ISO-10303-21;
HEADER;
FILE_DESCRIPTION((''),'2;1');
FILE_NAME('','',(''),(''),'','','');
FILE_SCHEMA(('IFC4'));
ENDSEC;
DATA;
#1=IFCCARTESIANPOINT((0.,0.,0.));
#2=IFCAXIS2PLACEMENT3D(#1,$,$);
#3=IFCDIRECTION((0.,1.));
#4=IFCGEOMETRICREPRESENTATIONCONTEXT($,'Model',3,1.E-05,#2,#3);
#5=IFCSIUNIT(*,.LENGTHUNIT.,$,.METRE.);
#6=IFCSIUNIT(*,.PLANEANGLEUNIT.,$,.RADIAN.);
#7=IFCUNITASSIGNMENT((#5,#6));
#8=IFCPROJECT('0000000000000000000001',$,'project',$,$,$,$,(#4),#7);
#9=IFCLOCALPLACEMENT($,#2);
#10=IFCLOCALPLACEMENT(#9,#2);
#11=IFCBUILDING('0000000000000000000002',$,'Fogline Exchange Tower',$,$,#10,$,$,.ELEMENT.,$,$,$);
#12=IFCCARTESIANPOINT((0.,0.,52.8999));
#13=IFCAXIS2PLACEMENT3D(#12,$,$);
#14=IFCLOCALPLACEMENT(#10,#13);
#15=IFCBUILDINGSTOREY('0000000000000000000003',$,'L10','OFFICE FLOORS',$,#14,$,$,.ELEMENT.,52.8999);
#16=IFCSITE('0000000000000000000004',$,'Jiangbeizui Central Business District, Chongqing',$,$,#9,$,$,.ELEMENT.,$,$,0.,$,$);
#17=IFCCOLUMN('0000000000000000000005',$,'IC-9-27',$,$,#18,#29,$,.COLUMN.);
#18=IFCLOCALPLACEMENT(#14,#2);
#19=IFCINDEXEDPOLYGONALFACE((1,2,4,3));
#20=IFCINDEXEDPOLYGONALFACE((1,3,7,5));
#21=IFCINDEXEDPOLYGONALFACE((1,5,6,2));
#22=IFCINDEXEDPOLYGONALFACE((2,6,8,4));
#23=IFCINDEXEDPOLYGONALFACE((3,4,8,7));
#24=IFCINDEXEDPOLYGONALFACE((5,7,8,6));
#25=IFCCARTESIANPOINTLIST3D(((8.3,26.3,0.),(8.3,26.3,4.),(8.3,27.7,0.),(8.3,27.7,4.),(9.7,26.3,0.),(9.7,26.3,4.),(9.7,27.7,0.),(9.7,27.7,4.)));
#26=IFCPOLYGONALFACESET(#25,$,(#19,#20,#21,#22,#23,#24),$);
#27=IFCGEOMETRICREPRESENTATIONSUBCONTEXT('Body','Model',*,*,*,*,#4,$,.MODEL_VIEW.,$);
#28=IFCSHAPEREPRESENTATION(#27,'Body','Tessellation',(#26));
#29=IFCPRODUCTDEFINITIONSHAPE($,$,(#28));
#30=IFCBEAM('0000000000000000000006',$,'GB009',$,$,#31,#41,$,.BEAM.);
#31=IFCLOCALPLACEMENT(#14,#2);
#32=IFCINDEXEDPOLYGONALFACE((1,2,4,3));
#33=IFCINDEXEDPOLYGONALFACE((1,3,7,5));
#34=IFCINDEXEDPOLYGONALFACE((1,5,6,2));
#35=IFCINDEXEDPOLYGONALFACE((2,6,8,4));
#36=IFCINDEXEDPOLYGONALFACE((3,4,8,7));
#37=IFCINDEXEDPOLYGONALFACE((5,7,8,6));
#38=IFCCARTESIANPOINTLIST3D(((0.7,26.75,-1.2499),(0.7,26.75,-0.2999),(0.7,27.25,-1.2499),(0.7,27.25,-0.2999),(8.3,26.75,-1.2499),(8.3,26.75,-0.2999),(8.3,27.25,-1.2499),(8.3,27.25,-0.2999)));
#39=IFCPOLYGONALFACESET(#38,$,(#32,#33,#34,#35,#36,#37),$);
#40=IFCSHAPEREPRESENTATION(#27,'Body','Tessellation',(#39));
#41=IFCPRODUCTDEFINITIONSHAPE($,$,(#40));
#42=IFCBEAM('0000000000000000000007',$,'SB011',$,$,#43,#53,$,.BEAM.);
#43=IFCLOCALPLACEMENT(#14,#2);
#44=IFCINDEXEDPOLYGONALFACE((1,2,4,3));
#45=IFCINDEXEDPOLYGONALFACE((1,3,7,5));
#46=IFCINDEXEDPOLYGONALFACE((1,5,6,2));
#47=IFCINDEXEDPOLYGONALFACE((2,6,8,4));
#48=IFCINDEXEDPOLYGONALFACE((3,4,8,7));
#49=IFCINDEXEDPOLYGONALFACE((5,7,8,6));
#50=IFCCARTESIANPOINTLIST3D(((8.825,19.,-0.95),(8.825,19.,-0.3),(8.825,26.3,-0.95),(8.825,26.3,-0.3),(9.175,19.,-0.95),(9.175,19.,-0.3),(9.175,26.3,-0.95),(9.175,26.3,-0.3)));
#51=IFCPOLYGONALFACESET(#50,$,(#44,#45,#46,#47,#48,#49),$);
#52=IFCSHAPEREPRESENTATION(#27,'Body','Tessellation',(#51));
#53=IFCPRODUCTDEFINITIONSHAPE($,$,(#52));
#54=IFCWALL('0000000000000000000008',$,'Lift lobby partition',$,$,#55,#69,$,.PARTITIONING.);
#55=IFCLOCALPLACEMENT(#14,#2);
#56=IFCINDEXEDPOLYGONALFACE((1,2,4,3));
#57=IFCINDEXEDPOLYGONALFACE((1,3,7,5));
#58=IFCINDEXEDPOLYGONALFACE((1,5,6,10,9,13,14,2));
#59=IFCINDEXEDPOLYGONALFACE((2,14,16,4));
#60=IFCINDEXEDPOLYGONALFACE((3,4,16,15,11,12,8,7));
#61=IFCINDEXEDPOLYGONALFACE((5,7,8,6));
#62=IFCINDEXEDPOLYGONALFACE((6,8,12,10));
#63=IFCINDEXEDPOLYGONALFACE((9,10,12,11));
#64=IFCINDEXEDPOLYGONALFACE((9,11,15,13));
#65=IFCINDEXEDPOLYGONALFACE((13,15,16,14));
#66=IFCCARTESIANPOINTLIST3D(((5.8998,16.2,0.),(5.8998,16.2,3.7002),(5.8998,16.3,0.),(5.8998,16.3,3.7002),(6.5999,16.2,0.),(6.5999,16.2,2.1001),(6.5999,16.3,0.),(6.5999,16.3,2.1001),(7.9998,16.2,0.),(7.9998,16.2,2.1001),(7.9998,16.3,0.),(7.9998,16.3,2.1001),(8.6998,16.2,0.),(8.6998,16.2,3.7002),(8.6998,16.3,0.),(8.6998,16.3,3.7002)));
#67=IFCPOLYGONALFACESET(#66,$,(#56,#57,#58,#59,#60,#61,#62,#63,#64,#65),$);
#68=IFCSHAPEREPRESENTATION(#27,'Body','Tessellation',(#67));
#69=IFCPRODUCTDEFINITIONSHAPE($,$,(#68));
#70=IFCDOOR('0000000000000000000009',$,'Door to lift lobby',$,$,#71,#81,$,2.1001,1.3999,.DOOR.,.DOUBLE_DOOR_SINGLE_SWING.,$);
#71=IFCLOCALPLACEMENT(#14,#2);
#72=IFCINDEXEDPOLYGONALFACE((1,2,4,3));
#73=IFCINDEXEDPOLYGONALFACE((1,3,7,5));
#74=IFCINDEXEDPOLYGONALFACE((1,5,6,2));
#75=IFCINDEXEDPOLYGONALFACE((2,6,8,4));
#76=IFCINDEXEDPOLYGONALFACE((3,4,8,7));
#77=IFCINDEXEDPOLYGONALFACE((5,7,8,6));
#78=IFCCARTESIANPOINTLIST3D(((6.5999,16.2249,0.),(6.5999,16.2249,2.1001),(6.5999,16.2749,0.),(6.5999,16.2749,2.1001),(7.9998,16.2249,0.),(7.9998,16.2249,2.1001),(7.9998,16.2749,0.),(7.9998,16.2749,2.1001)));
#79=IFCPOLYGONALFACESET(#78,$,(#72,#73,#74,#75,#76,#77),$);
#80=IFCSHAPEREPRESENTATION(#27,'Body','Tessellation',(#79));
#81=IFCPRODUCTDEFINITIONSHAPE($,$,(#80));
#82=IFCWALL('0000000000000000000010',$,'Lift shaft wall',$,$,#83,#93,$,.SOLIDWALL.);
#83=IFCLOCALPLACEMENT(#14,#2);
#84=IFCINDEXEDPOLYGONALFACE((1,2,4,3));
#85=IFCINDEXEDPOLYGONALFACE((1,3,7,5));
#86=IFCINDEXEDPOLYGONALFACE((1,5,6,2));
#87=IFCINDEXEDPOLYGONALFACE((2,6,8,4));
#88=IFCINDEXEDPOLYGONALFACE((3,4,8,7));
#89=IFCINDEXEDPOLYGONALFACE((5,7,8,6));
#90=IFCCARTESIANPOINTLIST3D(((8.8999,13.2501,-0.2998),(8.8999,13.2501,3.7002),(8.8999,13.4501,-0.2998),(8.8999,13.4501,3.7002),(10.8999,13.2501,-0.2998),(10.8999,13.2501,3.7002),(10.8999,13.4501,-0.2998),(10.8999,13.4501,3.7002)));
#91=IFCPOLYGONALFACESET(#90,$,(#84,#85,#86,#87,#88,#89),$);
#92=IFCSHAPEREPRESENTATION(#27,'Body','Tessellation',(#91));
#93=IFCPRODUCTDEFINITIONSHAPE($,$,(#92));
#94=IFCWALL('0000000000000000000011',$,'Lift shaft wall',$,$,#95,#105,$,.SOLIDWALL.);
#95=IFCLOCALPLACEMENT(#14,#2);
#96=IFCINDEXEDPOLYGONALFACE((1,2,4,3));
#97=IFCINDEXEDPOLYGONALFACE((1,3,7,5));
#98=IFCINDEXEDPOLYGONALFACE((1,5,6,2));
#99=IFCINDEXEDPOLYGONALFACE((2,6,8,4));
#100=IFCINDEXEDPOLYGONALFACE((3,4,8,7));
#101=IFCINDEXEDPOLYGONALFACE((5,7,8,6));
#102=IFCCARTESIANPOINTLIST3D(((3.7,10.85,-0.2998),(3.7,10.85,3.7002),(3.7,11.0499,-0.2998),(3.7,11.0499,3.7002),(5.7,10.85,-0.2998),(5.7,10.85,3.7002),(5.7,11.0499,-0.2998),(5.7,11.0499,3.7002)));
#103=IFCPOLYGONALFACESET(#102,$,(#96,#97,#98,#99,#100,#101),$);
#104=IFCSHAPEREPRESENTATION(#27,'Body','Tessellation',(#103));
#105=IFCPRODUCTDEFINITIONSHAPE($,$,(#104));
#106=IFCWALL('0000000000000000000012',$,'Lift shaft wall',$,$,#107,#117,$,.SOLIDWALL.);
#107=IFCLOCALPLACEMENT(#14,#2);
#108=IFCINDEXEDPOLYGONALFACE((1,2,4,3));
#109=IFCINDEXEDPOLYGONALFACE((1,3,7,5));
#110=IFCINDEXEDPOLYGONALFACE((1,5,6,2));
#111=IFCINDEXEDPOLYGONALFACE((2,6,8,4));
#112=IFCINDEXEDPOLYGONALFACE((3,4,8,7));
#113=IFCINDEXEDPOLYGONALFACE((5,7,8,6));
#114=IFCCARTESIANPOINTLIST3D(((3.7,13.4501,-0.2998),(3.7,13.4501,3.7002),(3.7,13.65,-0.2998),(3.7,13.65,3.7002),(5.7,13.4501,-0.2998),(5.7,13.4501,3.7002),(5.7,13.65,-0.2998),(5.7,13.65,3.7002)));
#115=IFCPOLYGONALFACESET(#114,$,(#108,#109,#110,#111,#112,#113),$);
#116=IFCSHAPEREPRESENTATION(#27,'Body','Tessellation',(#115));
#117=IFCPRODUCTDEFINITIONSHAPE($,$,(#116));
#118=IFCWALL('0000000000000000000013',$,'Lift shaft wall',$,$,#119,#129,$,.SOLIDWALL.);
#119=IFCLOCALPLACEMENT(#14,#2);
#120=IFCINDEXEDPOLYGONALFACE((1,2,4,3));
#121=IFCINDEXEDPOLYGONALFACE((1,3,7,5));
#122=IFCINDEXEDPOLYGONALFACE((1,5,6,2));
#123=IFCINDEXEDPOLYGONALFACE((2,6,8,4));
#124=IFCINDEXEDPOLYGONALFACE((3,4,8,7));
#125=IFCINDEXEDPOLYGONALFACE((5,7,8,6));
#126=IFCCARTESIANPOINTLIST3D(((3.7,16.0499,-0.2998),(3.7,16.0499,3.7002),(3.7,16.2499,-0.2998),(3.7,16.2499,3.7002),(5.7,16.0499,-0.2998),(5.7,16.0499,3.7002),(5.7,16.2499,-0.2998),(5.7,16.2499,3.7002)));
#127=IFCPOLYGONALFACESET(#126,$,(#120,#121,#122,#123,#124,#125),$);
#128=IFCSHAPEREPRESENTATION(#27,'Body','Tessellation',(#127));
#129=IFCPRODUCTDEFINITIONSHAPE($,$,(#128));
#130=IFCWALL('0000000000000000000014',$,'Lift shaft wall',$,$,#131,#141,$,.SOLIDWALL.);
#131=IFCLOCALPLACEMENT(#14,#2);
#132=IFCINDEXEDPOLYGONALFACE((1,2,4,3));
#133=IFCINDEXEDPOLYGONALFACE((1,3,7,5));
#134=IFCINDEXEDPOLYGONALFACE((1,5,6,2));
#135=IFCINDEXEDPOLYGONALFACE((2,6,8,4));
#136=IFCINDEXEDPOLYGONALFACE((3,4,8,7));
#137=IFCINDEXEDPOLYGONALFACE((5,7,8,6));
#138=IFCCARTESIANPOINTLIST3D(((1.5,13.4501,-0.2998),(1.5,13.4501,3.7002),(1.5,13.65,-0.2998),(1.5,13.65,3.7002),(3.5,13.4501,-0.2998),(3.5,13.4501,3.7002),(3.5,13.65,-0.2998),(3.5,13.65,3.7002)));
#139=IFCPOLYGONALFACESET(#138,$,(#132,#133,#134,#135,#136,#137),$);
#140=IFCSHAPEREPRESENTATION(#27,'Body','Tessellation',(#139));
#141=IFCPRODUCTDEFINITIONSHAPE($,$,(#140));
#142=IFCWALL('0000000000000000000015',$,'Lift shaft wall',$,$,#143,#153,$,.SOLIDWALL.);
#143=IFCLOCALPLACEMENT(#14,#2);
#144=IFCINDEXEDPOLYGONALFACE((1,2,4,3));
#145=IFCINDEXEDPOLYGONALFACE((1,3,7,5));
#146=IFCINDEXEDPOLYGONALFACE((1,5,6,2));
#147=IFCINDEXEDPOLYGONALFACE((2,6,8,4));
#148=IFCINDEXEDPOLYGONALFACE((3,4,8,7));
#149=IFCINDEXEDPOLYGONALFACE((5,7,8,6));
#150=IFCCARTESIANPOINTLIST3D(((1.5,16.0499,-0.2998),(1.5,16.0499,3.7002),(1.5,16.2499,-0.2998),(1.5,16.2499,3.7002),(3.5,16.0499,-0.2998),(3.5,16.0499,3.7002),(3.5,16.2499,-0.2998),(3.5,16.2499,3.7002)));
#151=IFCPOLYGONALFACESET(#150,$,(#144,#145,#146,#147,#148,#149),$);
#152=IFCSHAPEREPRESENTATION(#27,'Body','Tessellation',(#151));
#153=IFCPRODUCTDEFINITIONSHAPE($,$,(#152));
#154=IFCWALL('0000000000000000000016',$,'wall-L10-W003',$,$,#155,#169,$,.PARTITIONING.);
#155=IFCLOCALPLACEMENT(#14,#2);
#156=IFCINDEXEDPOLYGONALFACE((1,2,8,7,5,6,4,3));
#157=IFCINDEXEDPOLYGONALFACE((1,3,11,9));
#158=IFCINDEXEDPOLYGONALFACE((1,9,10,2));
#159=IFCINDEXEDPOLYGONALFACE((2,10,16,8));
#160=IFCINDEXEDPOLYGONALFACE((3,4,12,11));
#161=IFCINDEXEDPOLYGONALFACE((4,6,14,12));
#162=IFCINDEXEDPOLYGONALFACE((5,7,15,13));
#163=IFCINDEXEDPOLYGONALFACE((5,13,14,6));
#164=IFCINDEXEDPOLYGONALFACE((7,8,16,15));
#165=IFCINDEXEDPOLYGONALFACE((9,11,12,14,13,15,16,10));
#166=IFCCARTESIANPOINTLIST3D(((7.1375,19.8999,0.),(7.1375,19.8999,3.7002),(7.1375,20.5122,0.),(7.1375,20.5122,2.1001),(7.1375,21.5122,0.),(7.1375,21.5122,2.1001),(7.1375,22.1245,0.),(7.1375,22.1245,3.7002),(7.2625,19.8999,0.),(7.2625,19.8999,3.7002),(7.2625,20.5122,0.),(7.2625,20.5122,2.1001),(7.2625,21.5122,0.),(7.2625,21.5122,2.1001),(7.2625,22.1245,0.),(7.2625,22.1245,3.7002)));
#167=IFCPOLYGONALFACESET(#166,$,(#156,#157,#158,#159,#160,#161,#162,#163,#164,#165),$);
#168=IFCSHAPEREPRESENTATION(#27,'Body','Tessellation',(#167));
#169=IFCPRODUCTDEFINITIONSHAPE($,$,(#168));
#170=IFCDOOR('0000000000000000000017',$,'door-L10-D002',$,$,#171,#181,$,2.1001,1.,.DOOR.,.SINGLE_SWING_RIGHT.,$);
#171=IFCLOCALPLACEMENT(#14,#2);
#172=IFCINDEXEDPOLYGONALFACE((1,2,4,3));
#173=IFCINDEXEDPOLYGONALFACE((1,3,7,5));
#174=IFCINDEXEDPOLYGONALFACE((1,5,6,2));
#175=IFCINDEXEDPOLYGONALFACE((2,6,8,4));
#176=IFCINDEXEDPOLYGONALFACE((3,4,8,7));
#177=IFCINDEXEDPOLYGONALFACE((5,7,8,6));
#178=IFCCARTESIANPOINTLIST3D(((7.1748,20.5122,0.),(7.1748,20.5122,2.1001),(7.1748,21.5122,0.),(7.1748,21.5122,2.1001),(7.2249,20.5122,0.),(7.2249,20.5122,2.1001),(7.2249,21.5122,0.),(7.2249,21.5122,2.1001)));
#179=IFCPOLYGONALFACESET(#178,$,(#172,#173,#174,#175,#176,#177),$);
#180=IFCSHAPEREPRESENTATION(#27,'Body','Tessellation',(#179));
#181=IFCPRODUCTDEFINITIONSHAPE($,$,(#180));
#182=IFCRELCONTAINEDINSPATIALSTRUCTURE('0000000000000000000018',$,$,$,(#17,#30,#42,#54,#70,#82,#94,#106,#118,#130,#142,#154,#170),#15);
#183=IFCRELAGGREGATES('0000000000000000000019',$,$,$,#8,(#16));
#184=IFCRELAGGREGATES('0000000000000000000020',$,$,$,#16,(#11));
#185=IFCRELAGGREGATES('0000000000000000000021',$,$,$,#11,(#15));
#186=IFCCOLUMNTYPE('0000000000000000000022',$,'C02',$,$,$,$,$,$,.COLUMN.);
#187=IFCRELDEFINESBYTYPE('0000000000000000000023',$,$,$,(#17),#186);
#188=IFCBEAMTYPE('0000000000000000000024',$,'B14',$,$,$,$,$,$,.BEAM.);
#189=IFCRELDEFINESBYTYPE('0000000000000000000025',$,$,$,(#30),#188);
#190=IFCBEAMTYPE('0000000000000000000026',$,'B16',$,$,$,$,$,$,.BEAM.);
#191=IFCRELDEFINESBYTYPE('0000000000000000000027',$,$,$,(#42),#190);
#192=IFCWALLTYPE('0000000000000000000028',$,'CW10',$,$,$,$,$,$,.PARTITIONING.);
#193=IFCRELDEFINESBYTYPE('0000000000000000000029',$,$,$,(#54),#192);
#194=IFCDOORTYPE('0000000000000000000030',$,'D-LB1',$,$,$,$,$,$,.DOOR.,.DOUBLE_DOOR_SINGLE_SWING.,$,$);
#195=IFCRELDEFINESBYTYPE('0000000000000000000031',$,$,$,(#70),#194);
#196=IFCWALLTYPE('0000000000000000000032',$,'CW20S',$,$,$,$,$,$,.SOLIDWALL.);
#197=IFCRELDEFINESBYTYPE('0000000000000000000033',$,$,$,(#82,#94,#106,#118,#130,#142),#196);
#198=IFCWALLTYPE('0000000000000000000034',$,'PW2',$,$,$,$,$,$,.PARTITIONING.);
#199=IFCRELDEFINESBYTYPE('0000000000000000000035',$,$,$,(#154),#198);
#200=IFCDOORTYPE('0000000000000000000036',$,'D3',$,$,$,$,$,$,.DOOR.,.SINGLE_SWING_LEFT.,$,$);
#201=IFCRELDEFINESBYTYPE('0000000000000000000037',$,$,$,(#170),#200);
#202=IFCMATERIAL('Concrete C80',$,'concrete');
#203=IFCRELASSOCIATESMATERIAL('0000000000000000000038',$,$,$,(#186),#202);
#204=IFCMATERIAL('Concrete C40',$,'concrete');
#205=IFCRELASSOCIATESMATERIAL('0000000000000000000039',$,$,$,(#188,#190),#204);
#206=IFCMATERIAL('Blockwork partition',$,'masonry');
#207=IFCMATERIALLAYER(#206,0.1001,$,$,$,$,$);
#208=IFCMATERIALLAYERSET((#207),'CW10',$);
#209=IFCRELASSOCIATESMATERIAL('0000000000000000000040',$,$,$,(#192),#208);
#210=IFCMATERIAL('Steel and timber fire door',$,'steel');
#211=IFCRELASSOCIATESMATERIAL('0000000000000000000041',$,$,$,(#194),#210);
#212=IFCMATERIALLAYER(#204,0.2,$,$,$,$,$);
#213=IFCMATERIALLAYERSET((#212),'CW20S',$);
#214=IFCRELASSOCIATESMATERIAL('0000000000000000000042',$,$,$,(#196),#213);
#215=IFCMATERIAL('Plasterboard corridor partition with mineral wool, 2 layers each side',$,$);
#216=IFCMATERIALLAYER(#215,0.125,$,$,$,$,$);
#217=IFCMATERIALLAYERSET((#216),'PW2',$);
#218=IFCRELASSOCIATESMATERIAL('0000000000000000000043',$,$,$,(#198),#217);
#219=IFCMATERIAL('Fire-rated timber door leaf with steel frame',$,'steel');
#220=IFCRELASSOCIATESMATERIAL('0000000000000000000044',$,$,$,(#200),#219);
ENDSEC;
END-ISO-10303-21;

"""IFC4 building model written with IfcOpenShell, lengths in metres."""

from ifc_helpers import new_model, si_unit, direction, frame, frame_2d, origin, origin_2d, place, context, subcontext, project, spatial, rectangle, extrude, material, layer, layer_set, material_profile, profile_set, type_object, element, fill, save


model = new_model("IFC4")

# Units and contexts
model_context = context("Model", 3, precision=1e-05, world=origin(), true_north=direction((0.0, 1.0)))
body_context = subcontext(model_context, "Body", "Model", "MODEL_VIEW")
ifc_project = project(units=[si_unit("LENGTHUNIT", "METRE"), si_unit("PLANEANGLEUNIT", "RADIAN")], contexts=[model_context])

# Site, building, storey
site_placement = place(None, origin())
site = spatial("IfcSite", under=ifc_project, at=site_placement, Name="Jiangbeizui Central Business District, Chongqing", CompositionType="ELEMENT", RefElevation=0.0)
building_placement = place(site_placement, origin())
building = spatial("IfcBuilding", under=site, at=building_placement, Name="Fogline Exchange Tower", CompositionType="ELEMENT")
storey_placement = place(building_placement, frame((0.0, 0.0, 52.8999)))
storey = spatial("IfcBuildingStorey", under=building, at=storey_placement, Name="L10", Description="OFFICE FLOORS", CompositionType="ELEMENT", Elevation=52.8999)

# Column
ifc_material_1 = material(Name="Concrete C80", Category="concrete")
ifc_material_profile_1 = material_profile(ifc_material_1, rectangle(XDim=1.3999, YDim=1.3999, at=origin_2d()), Name="RC 1400x1400")
ifc_profile_set_1 = profile_set([ifc_material_profile_1], Name="Concrete C80")
column_type = type_object("IfcColumnType", Name="C02", PredefinedType="COLUMN", material=ifc_profile_set_1)
column_placement = place(storey_placement, frame((9.0, 27.0, 0.0), z_axis=(0.0, 0.0, 1.0), x_axis=(1.0, 0.0, 0.0)))
element("IfcColumn", 1, at=column_placement, inside=storey, type_object=column_type, Name="IC-9-27", PredefinedType="COLUMN", context=body_context, shape_type="SweptSolid", body=[
    extrude(rectangle(XDim=1.3999, YDim=1.3999, at=origin_2d()), origin(), (0.0, 0.0, 1.0), 4.0),
])

# Beams
ifc_material_2 = material(Name="Concrete C40", Category="concrete")
ifc_material_profile_2 = material_profile(ifc_material_2, rectangle(XDim=0.5, YDim=0.95, at=origin_2d()), Name="RC 500x950")
ifc_profile_set_2 = profile_set([ifc_material_profile_2], Name="Concrete C40")
beam_type_1 = type_object("IfcBeamType", Name="B14", PredefinedType="BEAM", material=ifc_profile_set_2)
beam_1_placement = place(storey_placement, frame((0.7, 27.0, -0.7749), z_axis=(1.0, 0.0, 0.0), x_axis=(0.0, 1.0, 0.0)))
element("IfcBeam", 2, at=beam_1_placement, inside=storey, type_object=beam_type_1, Name="GB009", PredefinedType="BEAM", context=body_context, shape_type="SweptSolid", body=[
    extrude(rectangle(XDim=0.5, YDim=0.95, at=origin_2d()), origin(), (0.0, 0.0, 1.0), 7.6001),
])
ifc_material_profile_3 = material_profile(ifc_material_2, rectangle(XDim=0.3501, YDim=0.6499, at=origin_2d()), Name="RC 350x650")
ifc_profile_set_3 = profile_set([ifc_material_profile_3], Name="Concrete C40")
beam_type_2 = type_object("IfcBeamType", Name="B16", PredefinedType="BEAM", material=ifc_profile_set_3)
beam_2_placement = place(storey_placement, frame((9.0, 19.0, -0.625), z_axis=(0.0, 1.0, 0.0), x_axis=(-1.0, 0.0, 0.0)))
element("IfcBeam", 3, at=beam_2_placement, inside=storey, type_object=beam_type_2, Name="SB011", PredefinedType="BEAM", context=body_context, shape_type="SweptSolid", body=[
    extrude(rectangle(XDim=0.3501, YDim=0.6499, at=origin_2d()), origin(), (0.0, 0.0, 1.0), 7.3),
])

# Wall, opening, door
ifc_material_3 = material(Name="Blockwork partition", Category="masonry")
ifc_layer_1 = layer(ifc_material_3, 0.1001)
ifc_layer_set_1 = layer_set([ifc_layer_1], Name="CW10")
wall_type_1 = type_object("IfcWallType", Name="CW10", PredefinedType="PARTITIONING", material=ifc_layer_set_1)
wall_1_placement = place(storey_placement, frame((5.8999, 16.25, 0.0), z_axis=(0.0, 0.0, 1.0), x_axis=(1.0, 0.0, 0.0)))
wall_1 = element("IfcWall", 4, at=wall_1_placement, inside=storey, type_object=wall_type_1, Name="Lift lobby partition", PredefinedType="PARTITIONING", context=body_context, shape_type="SweptSolid", body=[
    extrude(rectangle(XDim=2.8, YDim=0.1001, at=frame_2d((1.3999, 0.0))), origin(), (0.0, 0.0, 1.0), 3.7002),
])
opening_1_placement = place(wall_1_placement, frame((0.7, 0.0, 0.0)))
opening_1 = element("IfcOpeningElement", 5, at=opening_1_placement, cuts=wall_1, PredefinedType="OPENING", context=body_context, shape_type="SweptSolid", body=[
    extrude(rectangle(XDim=1.3999, YDim=2.1001, at=frame_2d((0.7, 1.05))), frame((0.0, 0.0601, 0.0), z_axis=(0.0, -1.0, 0.0), x_axis=(1.0, 0.0, 0.0)), (0.0, 0.0, 1.0), 0.1201),
])
ifc_material_4 = material(Name="Steel and timber fire door", Category="steel")
door_type_1 = type_object("IfcDoorType", Name="D-LB1", OperationType="DOUBLE_DOOR_SINGLE_SWING", PredefinedType="DOOR", material=ifc_material_4)
door_1_placement = place(opening_1_placement, origin())
door_1 = element("IfcDoor", 6, at=door_1_placement, inside=storey, type_object=door_type_1, Name="Door to lift lobby", OperationType="DOUBLE_DOOR_SINGLE_SWING", OverallHeight=2.1001, OverallWidth=1.3999, PredefinedType="DOOR", context=body_context, shape_type="SweptSolid", body=[
    extrude(rectangle(XDim=1.3999, YDim=2.1001, at=frame_2d((0.7, 1.05))), frame((0.0, 0.0249, 0.0), z_axis=(0.0, -1.0, 0.0), x_axis=(1.0, 0.0, 0.0)), (0.0, 0.0, 1.0), 0.05),
])
fill(opening_1, door_1)

# Walls
ifc_layer_2 = layer(ifc_material_2, 0.2)
ifc_layer_set_2 = layer_set([ifc_layer_2], Name="CW20S")
wall_type_2 = type_object("IfcWallType", Name="CW20S", PredefinedType="SOLIDWALL", material=ifc_layer_set_2)
for number, where, z_axis, x_axis, name in (
    (7, (8.8999, 13.3501, -0.2998), (0.0, 0.0, 1.0), (1.0, 0.0, 0.0), "Lift shaft wall"),
    (8, (3.7, 10.95, -0.2998), (0.0, 0.0, 1.0), (1.0, 0.0, 0.0), "Lift shaft wall"),
    (9, (3.7, 13.55, -0.2998), (0.0, 0.0, 1.0), (1.0, 0.0, 0.0), "Lift shaft wall"),
    (10, (3.7, 16.1499, -0.2998), (0.0, 0.0, 1.0), (1.0, 0.0, 0.0), "Lift shaft wall"),
    (11, (1.5, 13.55, -0.2998), (0.0, 0.0, 1.0), (1.0, 0.0, 0.0), "Lift shaft wall"),
    (12, (1.5, 16.1499, -0.2998), (0.0, 0.0, 1.0), (1.0, 0.0, 0.0), "Lift shaft wall"),
):
    element("IfcWall", number, at=place(storey_placement, frame(where, z_axis=z_axis, x_axis=x_axis)), inside=storey, type_object=wall_type_2, Name=name, PredefinedType="SOLIDWALL", context=body_context, shape_type="SweptSolid", body=[
        extrude(rectangle(XDim=2.0, YDim=0.2, at=frame_2d((1.0, 0.0))), origin(), (0.0, 0.0, 1.0), 4.0),
    ])

# Wall, opening, door
ifc_material_5 = material(Name="Plasterboard corridor partition with mineral wool, 2 layers each side")
ifc_layer_3 = layer(ifc_material_5, 0.125)
ifc_layer_set_3 = layer_set([ifc_layer_3], Name="PW2")
wall_type_3 = type_object("IfcWallType", Name="PW2", PredefinedType="PARTITIONING", material=ifc_layer_set_3)
wall_2_placement = place(storey_placement, frame((7.2, 22.1245, 0.0), z_axis=(0.0, 0.0, 1.0), x_axis=(0.0, -1.0, 0.0)))
wall_2 = element("IfcWall", 13, at=wall_2_placement, inside=storey, type_object=wall_type_3, Name="wall-L10-W003", PredefinedType="PARTITIONING", context=body_context, shape_type="SweptSolid", body=[
    extrude(rectangle(XDim=2.2246, YDim=0.125, at=frame_2d((1.1123, 0.0))), origin(), (0.0, 0.0, 1.0), 3.7002),
])
opening_2_placement = place(wall_2_placement, frame((0.6123, 0.0, 0.0)))
opening_2 = element("IfcOpeningElement", 14, at=opening_2_placement, cuts=wall_2, PredefinedType="OPENING", context=body_context, shape_type="SweptSolid", body=[
    extrude(rectangle(XDim=1.0, YDim=2.1001, at=frame_2d((0.5, 1.05))), frame((0.0, 0.0725, 0.0), z_axis=(0.0, -1.0, 0.0), x_axis=(1.0, 0.0, 0.0)), (0.0, 0.0, 1.0), 0.145),
])
ifc_material_6 = material(Name="Fire-rated timber door leaf with steel frame", Category="steel")
door_type_2 = type_object("IfcDoorType", Name="D3", OperationType="SINGLE_SWING_LEFT", PredefinedType="DOOR", material=ifc_material_6)
door_2_placement = place(opening_2_placement, origin())
door_2 = element("IfcDoor", 15, at=door_2_placement, inside=storey, type_object=door_type_2, Name="door-L10-D002", OperationType="SINGLE_SWING_RIGHT", OverallHeight=2.1001, OverallWidth=1.0, PredefinedType="DOOR", context=body_context, shape_type="SweptSolid", body=[
    extrude(rectangle(XDim=1.0, YDim=2.1001, at=frame_2d((0.5, 1.05))), frame((0.0, 0.0249, 0.0), z_axis=(0.0, -1.0, 0.0), x_axis=(1.0, 0.0, 0.0)), (0.0, 0.0, 1.0), 0.05),
])
fill(opening_2, door_2)

save(model, "model.ifc")
